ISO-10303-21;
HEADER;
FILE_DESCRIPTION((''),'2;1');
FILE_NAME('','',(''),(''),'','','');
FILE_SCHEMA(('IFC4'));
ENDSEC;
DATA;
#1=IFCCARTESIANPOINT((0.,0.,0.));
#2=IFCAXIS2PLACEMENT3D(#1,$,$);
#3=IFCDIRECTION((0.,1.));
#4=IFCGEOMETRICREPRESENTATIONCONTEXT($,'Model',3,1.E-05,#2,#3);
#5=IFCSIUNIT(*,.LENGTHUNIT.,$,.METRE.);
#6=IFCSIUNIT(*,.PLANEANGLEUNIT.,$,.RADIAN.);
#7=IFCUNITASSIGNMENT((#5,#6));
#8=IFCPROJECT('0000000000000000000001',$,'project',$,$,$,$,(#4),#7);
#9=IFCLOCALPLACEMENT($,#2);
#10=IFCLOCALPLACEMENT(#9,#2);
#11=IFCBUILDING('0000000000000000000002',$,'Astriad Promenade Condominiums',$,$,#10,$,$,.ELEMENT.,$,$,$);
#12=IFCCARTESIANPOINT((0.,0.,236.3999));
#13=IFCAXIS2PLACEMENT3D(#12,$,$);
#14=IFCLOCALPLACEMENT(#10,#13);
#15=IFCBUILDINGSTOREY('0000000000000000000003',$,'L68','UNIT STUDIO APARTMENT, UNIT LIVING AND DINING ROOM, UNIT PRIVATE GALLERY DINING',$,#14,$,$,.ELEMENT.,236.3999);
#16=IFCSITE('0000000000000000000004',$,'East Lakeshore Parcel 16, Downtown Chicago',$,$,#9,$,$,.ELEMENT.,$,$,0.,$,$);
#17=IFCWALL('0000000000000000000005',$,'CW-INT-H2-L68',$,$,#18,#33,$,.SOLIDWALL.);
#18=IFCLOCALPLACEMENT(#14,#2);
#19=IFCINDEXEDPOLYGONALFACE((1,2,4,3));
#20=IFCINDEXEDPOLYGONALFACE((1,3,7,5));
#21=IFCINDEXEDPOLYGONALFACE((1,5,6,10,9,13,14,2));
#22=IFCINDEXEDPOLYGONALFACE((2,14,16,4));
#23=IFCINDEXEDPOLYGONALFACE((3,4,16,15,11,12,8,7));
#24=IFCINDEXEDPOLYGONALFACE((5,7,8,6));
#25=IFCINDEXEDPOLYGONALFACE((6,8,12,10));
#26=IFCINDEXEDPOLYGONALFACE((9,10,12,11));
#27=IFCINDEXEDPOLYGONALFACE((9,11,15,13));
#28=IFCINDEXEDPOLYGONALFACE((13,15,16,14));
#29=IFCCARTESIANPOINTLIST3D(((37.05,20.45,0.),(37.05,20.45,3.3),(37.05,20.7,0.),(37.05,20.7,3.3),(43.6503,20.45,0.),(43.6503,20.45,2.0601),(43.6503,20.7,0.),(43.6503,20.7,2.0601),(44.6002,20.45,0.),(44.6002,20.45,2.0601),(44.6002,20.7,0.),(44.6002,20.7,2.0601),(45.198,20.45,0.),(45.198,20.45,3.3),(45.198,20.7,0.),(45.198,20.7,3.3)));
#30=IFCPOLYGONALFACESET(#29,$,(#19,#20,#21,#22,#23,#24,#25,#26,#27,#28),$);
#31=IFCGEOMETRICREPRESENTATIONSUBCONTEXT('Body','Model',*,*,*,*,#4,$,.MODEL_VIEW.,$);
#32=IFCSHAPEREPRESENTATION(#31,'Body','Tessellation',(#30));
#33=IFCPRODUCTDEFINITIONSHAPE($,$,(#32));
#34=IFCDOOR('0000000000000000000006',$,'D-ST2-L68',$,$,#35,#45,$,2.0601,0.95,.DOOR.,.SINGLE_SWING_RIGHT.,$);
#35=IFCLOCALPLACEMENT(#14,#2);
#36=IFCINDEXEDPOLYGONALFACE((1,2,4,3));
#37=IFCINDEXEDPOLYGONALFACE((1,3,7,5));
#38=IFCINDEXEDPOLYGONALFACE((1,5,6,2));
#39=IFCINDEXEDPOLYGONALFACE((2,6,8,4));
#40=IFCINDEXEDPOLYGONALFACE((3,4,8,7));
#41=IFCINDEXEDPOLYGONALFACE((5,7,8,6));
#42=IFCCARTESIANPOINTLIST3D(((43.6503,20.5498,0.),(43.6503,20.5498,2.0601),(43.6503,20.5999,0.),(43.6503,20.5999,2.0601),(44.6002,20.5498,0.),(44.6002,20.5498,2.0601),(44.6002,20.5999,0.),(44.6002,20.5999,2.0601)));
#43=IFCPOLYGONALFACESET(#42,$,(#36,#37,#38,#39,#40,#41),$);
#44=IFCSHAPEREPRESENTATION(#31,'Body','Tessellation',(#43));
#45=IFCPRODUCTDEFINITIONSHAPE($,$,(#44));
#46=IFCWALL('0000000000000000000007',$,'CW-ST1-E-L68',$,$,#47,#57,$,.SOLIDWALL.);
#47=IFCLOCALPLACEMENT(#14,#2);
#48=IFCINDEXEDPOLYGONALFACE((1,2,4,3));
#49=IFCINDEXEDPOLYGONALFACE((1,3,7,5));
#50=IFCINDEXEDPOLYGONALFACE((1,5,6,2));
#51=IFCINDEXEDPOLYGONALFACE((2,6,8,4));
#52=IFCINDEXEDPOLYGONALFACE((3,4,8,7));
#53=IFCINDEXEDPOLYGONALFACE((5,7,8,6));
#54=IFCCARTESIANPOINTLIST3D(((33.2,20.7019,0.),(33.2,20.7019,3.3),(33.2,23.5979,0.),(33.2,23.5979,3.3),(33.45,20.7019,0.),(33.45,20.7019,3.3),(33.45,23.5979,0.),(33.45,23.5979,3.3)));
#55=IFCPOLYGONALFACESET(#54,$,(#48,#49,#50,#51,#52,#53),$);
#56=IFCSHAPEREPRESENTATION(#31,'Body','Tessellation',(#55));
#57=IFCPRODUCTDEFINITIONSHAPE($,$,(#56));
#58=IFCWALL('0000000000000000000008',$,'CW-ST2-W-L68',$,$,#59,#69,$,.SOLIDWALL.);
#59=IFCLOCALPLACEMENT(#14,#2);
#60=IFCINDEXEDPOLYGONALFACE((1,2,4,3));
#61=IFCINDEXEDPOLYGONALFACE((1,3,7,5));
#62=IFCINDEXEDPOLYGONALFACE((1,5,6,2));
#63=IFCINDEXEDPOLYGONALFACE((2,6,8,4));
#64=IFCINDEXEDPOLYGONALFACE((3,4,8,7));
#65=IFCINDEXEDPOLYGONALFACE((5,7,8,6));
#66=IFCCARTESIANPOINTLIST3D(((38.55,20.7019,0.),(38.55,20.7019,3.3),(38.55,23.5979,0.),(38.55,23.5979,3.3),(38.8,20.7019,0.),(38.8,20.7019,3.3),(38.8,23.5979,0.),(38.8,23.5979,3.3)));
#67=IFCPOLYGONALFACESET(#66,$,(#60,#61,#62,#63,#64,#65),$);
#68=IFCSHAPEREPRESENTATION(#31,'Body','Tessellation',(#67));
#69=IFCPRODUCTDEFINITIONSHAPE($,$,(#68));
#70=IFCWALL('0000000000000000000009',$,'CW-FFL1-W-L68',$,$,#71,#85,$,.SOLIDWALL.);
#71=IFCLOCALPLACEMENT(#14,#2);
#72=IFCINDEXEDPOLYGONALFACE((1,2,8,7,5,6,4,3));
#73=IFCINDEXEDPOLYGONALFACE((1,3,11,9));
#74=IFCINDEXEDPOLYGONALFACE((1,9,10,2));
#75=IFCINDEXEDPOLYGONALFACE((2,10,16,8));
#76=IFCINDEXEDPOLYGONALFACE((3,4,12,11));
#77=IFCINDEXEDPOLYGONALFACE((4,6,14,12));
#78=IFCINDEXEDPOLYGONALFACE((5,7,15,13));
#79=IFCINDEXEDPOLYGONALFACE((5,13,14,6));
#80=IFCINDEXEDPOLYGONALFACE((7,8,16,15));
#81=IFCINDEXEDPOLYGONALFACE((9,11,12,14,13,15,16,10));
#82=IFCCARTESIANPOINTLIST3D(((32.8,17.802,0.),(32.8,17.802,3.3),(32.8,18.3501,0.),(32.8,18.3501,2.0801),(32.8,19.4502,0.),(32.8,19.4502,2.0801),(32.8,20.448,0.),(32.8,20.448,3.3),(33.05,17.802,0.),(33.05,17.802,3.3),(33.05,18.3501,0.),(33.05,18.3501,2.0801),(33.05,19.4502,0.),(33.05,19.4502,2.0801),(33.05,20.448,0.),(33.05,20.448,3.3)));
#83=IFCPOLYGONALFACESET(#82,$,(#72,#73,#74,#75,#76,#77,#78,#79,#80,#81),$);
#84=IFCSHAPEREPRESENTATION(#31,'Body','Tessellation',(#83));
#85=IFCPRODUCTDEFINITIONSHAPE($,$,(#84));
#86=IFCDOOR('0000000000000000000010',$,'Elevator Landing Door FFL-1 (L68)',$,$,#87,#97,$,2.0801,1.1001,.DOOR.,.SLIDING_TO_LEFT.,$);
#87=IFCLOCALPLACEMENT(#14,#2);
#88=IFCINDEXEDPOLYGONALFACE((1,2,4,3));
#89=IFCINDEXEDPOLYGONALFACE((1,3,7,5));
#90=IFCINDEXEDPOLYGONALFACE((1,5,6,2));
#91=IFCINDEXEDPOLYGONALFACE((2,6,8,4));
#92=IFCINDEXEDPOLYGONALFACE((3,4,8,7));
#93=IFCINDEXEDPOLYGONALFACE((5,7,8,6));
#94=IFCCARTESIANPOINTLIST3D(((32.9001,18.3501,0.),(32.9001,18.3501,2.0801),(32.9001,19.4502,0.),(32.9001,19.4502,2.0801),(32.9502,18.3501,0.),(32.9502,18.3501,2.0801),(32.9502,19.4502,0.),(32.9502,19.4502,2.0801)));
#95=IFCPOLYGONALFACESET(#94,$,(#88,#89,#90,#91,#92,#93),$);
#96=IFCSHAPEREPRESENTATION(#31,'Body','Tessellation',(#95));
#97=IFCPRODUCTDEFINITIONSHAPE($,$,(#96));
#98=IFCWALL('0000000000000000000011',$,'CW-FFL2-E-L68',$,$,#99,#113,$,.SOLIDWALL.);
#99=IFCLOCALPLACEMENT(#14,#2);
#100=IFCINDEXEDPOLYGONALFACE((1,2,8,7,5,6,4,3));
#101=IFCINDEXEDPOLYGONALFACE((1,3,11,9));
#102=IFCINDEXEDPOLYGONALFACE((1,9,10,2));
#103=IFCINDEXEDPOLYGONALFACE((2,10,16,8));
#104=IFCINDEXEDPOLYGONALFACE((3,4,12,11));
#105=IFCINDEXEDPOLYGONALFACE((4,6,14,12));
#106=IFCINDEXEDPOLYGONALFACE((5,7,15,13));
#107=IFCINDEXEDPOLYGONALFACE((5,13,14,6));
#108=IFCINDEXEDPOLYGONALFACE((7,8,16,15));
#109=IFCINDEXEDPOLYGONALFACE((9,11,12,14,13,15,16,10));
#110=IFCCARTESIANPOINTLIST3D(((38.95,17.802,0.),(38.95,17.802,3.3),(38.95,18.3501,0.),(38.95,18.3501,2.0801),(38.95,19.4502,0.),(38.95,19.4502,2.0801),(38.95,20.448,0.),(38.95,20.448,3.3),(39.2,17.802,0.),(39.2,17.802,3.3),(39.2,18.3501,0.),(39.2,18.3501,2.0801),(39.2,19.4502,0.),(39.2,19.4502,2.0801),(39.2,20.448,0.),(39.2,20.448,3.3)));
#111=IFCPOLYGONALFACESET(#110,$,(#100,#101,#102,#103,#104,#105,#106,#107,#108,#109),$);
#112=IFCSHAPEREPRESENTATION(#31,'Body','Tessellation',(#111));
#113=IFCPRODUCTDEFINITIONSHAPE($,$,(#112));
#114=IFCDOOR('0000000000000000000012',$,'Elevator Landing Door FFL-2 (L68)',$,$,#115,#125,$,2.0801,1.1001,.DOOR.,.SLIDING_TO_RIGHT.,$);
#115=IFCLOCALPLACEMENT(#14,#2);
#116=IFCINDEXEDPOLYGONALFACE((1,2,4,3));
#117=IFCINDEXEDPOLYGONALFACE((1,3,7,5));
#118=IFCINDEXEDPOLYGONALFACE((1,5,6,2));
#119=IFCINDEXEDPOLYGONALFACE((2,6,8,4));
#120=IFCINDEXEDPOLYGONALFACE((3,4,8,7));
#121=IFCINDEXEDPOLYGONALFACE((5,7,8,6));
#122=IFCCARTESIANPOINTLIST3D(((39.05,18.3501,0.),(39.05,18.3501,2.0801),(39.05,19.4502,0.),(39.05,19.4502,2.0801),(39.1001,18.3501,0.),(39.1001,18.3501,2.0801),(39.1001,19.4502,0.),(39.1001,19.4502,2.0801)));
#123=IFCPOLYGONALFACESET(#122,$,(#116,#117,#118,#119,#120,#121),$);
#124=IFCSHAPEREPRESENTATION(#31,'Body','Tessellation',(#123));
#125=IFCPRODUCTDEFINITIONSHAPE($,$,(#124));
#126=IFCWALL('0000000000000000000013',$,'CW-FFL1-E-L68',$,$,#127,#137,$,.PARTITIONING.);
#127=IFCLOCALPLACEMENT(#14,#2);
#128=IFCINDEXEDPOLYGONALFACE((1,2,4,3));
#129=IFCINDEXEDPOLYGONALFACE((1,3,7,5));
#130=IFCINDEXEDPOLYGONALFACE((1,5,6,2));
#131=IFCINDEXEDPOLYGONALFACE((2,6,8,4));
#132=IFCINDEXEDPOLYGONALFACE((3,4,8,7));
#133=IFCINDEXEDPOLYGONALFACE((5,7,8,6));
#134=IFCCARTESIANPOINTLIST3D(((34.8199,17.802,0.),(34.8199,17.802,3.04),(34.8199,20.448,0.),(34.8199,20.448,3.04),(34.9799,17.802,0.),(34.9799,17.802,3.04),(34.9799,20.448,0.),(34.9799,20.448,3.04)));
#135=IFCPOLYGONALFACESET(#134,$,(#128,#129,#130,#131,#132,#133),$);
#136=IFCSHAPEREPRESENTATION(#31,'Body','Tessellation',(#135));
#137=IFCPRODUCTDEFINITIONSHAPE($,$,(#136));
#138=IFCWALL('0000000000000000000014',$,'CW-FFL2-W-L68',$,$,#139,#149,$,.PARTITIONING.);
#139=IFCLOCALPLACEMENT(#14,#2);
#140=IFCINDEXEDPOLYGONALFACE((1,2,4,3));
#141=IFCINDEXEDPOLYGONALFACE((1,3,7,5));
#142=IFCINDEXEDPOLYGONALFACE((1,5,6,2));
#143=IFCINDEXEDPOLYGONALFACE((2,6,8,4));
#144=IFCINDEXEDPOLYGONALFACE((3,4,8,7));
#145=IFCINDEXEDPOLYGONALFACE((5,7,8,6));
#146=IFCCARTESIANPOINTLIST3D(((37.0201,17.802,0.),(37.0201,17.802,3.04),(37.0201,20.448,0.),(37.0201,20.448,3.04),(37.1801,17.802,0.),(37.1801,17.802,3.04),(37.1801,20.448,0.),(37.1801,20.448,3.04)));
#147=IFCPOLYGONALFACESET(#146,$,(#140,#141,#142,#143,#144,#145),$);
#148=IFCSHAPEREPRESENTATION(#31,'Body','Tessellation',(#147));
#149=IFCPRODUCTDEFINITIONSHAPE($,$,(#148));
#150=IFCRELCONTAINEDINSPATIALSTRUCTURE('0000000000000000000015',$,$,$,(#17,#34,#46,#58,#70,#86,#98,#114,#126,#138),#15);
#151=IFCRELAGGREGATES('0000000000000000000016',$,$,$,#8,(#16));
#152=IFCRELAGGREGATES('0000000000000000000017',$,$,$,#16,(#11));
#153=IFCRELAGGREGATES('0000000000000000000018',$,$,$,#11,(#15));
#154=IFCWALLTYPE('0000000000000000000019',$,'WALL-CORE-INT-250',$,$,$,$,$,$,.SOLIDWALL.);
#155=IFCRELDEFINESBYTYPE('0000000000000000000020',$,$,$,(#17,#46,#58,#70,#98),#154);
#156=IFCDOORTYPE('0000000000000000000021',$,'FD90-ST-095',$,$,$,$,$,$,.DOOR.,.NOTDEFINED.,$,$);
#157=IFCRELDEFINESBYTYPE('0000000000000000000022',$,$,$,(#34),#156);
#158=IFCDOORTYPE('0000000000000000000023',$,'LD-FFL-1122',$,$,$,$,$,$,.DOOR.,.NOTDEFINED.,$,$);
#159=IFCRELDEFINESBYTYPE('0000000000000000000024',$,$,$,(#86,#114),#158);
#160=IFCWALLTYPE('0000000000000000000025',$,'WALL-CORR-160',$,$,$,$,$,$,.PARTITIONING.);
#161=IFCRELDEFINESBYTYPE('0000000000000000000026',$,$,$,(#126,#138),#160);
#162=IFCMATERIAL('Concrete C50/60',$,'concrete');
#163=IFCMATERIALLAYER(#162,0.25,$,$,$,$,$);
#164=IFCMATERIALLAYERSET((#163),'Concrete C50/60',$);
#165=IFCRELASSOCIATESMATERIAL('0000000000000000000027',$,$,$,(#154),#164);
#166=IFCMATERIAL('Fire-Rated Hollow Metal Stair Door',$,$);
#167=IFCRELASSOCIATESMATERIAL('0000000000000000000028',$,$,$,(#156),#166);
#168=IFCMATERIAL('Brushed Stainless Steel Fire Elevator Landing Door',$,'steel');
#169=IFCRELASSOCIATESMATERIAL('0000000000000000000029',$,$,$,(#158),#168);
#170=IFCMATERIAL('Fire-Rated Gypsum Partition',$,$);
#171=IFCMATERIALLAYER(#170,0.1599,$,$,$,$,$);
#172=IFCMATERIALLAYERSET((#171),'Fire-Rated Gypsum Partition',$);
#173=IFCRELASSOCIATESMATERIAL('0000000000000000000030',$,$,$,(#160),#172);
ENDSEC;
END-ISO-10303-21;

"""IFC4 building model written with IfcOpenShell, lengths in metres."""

from ifc_helpers import new_model, si_unit, direction, frame, frame_2d, origin, place, context, subcontext, project, spatial, rectangle, extrude, source, transform, mapped, material, layer, layer_set, type_object, type_shapes, element, fill, save


model = new_model("IFC4")

# Units and contexts
model_context = context("Model", 3, precision=1e-05, world=origin(), true_north=direction((0.0, 1.0)))
body_context = subcontext(model_context, "Body", "Model", "MODEL_VIEW")
ifc_project = project(units=[si_unit("LENGTHUNIT", "METRE"), si_unit("PLANEANGLEUNIT", "RADIAN")], contexts=[model_context])

# Site, building, storey
site_placement = place(None, origin())
site = spatial("IfcSite", under=ifc_project, at=site_placement, Name="East Lakeshore Parcel 16, Downtown Chicago", CompositionType="ELEMENT", RefElevation=0.0)
building_placement = place(site_placement, origin())
building = spatial("IfcBuilding", under=site, at=building_placement, Name="Astriad Promenade Condominiums", CompositionType="ELEMENT")
storey_placement = place(building_placement, frame((0.0, 0.0, 236.3999)))
storey = spatial("IfcBuildingStorey", under=building, at=storey_placement, Name="L68", Description="UNIT STUDIO APARTMENT, UNIT LIVING AND DINING ROOM, UNIT PRIVATE GALLERY DINING", CompositionType="ELEMENT", Elevation=236.3999)

# Wall, opening, door
ifc_material_1 = material(Name="Concrete C50/60", Category="concrete")
ifc_layer_1 = layer(ifc_material_1, 0.25)
ifc_layer_set_1 = layer_set([ifc_layer_1], Name="Concrete C50/60")
wall_type_1 = type_object("IfcWallType", Name="WALL-CORE-INT-250", PredefinedType="SOLIDWALL", material=ifc_layer_set_1)
wall_1_placement = place(storey_placement, frame((37.05, 20.575, 0.0), z_axis=(0.0, 0.0, 1.0), x_axis=(1.0, 0.0, 0.0)))
wall_1 = element("IfcWall", 1, at=wall_1_placement, inside=storey, type_object=wall_type_1, Name="CW-INT-H2-L68", PredefinedType="SOLIDWALL", context=body_context, shape_type="SweptSolid", body=[
    extrude(rectangle(XDim=8.1479, YDim=0.25, at=frame_2d((4.074, 0.0))), origin(), (0.0, 0.0, 1.0), 3.3),
])
opening_1_placement = place(wall_1_placement, frame((6.6001, 0.0, 0.0)))
opening_1 = element("IfcOpeningElement", 2, at=opening_1_placement, cuts=wall_1, PredefinedType="OPENING", context=body_context, shape_type="SweptSolid", body=[
    extrude(rectangle(XDim=0.95, YDim=2.0601, at=frame_2d((0.4751, 1.03))), frame((0.0, 0.135, 0.0), z_axis=(0.0, -1.0, 0.0), x_axis=(1.0, 0.0, 0.0)), (0.0, 0.0, 1.0), 0.27),
])
ifc_material_2 = material(Name="Fire-Rated Hollow Metal Stair Door")
door_type_1 = type_object("IfcDoorType", Name="FD90-ST-095", OperationType="NOTDEFINED", PredefinedType="DOOR", material=ifc_material_2)
shared_shape_1 = source(origin(), body_context, "Body", "SweptSolid", [
    extrude(rectangle(XDim=0.95, YDim=2.0601, at=frame_2d((0.4751, 1.03))), frame((0.0, 0.0249, 0.0), z_axis=(0.0, -1.0, 0.0), x_axis=(1.0, 0.0, 0.0)), (0.0, 0.0, 1.0), 0.05),
])
type_shapes(door_type_1, [shared_shape_1])
door_1_placement = place(opening_1_placement, origin())
door_1 = element("IfcDoor", 3, at=door_1_placement, inside=storey, type_object=door_type_1, Name="D-ST2-L68", OperationType="SINGLE_SWING_RIGHT", OverallHeight=2.0601, OverallWidth=0.95, PredefinedType="DOOR", context=body_context, shape_type="MappedRepresentation", body=[
    mapped(shared_shape_1, transform((0.0, 0.0, 0.0), scale=1.0)),
])
fill(opening_1, door_1)

# Walls
for number, where, z_axis, x_axis, name in (
    (4, (33.325, 20.7019, 0.0), (0.0, 0.0, 1.0), (0.0, 1.0, 0.0), "CW-ST1-E-L68"),
    (5, (38.675, 20.7019, 0.0), (0.0, 0.0, 1.0), (0.0, 1.0, 0.0), "CW-ST2-W-L68"),
):
    element("IfcWall", number, at=place(storey_placement, frame(where, z_axis=z_axis, x_axis=x_axis)), inside=storey, type_object=wall_type_1, Name=name, PredefinedType="SOLIDWALL", context=body_context, shape_type="SweptSolid", body=[
        extrude(rectangle(XDim=2.896, YDim=0.25, at=frame_2d((1.448, 0.0))), origin(), (0.0, 0.0, 1.0), 3.3),
    ])

# Walls, openings, doors
wall_2_placement = place(storey_placement, frame((32.925, 17.802, 0.0), z_axis=(0.0, 0.0, 1.0), x_axis=(0.0, 1.0, 0.0)))
wall_2 = element("IfcWall", 6, at=wall_2_placement, inside=storey, type_object=wall_type_1, Name="CW-FFL1-W-L68", PredefinedType="SOLIDWALL", context=body_context, shape_type="SweptSolid", body=[
    extrude(rectangle(XDim=2.646, YDim=0.25, at=frame_2d((1.323, 0.0))), origin(), (0.0, 0.0, 1.0), 3.3),
])
opening_2_placement = place(wall_2_placement, frame((0.5481, 0.0, 0.0)))
opening_2 = element("IfcOpeningElement", 7, at=opening_2_placement, cuts=wall_2, PredefinedType="OPENING", context=body_context, shape_type="SweptSolid", body=[
    extrude(rectangle(XDim=1.1001, YDim=2.0801, at=frame_2d((0.55, 1.04))), frame((0.0, 0.135, 0.0), z_axis=(0.0, -1.0, 0.0), x_axis=(1.0, 0.0, 0.0)), (0.0, 0.0, 1.0), 0.27),
])
ifc_material_3 = material(Name="Brushed Stainless Steel Fire Elevator Landing Door", Category="steel")
door_type_2 = type_object("IfcDoorType", Name="LD-FFL-1122", OperationType="NOTDEFINED", PredefinedType="DOOR", material=ifc_material_3)
shared_shape_2 = source(origin(), body_context, "Body", "SweptSolid", [
    extrude(rectangle(XDim=1.1001, YDim=2.0801, at=frame_2d((0.55, 1.04))), frame((0.0, 0.0249, 0.0), z_axis=(0.0, -1.0, 0.0), x_axis=(1.0, 0.0, 0.0)), (0.0, 0.0, 1.0), 0.05),
])
type_shapes(door_type_2, [shared_shape_2])
door_2_placement = place(opening_2_placement, origin())
door_2 = element("IfcDoor", 8, at=door_2_placement, inside=storey, type_object=door_type_2, Name="Elevator Landing Door FFL-1 (L68)", OperationType="SLIDING_TO_LEFT", OverallHeight=2.0801, OverallWidth=1.1001, PredefinedType="DOOR", context=body_context, shape_type="MappedRepresentation", body=[
    mapped(shared_shape_2, transform((0.0, 0.0, 0.0), scale=1.0)),
])
fill(opening_2, door_2)
wall_3_placement = place(storey_placement, frame((39.075, 17.802, 0.0), z_axis=(0.0, 0.0, 1.0), x_axis=(0.0, 1.0, 0.0)))
wall_3 = element("IfcWall", 9, at=wall_3_placement, inside=storey, type_object=wall_type_1, Name="CW-FFL2-E-L68", PredefinedType="SOLIDWALL", context=body_context, shape_type="SweptSolid", body=[
    extrude(rectangle(XDim=2.646, YDim=0.25, at=frame_2d((1.323, 0.0))), origin(), (0.0, 0.0, 1.0), 3.3),
])
opening_3_placement = place(wall_3_placement, frame((0.5481, 0.0, 0.0)))
opening_3 = element("IfcOpeningElement", 10, at=opening_3_placement, cuts=wall_3, PredefinedType="OPENING", context=body_context, shape_type="SweptSolid", body=[
    extrude(rectangle(XDim=1.1001, YDim=2.0801, at=frame_2d((0.55, 1.04))), frame((0.0, 0.135, 0.0), z_axis=(0.0, -1.0, 0.0), x_axis=(1.0, 0.0, 0.0)), (0.0, 0.0, 1.0), 0.27),
])
door_3_placement = place(opening_3_placement, origin())
door_3 = element("IfcDoor", 11, at=door_3_placement, inside=storey, type_object=door_type_2, Name="Elevator Landing Door FFL-2 (L68)", OperationType="SLIDING_TO_RIGHT", OverallHeight=2.0801, OverallWidth=1.1001, PredefinedType="DOOR", context=body_context, shape_type="MappedRepresentation", body=[
    mapped(shared_shape_2, transform((0.0, 0.0, 0.0), scale=1.0)),
])
fill(opening_3, door_3)

# Walls
ifc_material_4 = material(Name="Fire-Rated Gypsum Partition")
ifc_layer_2 = layer(ifc_material_4, 0.1599)
ifc_layer_set_2 = layer_set([ifc_layer_2], Name="Fire-Rated Gypsum Partition")
wall_type_2 = type_object("IfcWallType", Name="WALL-CORR-160", PredefinedType="PARTITIONING", material=ifc_layer_set_2)
for number, where, z_axis, x_axis, name in (
    (12, (34.8999, 17.802, 0.0), (0.0, 0.0, 1.0), (0.0, 1.0, 0.0), "CW-FFL1-E-L68"),
    (13, (37.1001, 17.802, 0.0), (0.0, 0.0, 1.0), (0.0, 1.0, 0.0), "CW-FFL2-W-L68"),
):
    element("IfcWall", number, at=place(storey_placement, frame(where, z_axis=z_axis, x_axis=x_axis)), inside=storey, type_object=wall_type_2, Name=name, PredefinedType="PARTITIONING", context=body_context, shape_type="SweptSolid", body=[
        extrude(rectangle(XDim=2.646, YDim=0.1599, at=frame_2d((1.323, 0.0))), origin(), (0.0, 0.0, 1.0), 3.04),
    ])

save(model, "model.ifc")
